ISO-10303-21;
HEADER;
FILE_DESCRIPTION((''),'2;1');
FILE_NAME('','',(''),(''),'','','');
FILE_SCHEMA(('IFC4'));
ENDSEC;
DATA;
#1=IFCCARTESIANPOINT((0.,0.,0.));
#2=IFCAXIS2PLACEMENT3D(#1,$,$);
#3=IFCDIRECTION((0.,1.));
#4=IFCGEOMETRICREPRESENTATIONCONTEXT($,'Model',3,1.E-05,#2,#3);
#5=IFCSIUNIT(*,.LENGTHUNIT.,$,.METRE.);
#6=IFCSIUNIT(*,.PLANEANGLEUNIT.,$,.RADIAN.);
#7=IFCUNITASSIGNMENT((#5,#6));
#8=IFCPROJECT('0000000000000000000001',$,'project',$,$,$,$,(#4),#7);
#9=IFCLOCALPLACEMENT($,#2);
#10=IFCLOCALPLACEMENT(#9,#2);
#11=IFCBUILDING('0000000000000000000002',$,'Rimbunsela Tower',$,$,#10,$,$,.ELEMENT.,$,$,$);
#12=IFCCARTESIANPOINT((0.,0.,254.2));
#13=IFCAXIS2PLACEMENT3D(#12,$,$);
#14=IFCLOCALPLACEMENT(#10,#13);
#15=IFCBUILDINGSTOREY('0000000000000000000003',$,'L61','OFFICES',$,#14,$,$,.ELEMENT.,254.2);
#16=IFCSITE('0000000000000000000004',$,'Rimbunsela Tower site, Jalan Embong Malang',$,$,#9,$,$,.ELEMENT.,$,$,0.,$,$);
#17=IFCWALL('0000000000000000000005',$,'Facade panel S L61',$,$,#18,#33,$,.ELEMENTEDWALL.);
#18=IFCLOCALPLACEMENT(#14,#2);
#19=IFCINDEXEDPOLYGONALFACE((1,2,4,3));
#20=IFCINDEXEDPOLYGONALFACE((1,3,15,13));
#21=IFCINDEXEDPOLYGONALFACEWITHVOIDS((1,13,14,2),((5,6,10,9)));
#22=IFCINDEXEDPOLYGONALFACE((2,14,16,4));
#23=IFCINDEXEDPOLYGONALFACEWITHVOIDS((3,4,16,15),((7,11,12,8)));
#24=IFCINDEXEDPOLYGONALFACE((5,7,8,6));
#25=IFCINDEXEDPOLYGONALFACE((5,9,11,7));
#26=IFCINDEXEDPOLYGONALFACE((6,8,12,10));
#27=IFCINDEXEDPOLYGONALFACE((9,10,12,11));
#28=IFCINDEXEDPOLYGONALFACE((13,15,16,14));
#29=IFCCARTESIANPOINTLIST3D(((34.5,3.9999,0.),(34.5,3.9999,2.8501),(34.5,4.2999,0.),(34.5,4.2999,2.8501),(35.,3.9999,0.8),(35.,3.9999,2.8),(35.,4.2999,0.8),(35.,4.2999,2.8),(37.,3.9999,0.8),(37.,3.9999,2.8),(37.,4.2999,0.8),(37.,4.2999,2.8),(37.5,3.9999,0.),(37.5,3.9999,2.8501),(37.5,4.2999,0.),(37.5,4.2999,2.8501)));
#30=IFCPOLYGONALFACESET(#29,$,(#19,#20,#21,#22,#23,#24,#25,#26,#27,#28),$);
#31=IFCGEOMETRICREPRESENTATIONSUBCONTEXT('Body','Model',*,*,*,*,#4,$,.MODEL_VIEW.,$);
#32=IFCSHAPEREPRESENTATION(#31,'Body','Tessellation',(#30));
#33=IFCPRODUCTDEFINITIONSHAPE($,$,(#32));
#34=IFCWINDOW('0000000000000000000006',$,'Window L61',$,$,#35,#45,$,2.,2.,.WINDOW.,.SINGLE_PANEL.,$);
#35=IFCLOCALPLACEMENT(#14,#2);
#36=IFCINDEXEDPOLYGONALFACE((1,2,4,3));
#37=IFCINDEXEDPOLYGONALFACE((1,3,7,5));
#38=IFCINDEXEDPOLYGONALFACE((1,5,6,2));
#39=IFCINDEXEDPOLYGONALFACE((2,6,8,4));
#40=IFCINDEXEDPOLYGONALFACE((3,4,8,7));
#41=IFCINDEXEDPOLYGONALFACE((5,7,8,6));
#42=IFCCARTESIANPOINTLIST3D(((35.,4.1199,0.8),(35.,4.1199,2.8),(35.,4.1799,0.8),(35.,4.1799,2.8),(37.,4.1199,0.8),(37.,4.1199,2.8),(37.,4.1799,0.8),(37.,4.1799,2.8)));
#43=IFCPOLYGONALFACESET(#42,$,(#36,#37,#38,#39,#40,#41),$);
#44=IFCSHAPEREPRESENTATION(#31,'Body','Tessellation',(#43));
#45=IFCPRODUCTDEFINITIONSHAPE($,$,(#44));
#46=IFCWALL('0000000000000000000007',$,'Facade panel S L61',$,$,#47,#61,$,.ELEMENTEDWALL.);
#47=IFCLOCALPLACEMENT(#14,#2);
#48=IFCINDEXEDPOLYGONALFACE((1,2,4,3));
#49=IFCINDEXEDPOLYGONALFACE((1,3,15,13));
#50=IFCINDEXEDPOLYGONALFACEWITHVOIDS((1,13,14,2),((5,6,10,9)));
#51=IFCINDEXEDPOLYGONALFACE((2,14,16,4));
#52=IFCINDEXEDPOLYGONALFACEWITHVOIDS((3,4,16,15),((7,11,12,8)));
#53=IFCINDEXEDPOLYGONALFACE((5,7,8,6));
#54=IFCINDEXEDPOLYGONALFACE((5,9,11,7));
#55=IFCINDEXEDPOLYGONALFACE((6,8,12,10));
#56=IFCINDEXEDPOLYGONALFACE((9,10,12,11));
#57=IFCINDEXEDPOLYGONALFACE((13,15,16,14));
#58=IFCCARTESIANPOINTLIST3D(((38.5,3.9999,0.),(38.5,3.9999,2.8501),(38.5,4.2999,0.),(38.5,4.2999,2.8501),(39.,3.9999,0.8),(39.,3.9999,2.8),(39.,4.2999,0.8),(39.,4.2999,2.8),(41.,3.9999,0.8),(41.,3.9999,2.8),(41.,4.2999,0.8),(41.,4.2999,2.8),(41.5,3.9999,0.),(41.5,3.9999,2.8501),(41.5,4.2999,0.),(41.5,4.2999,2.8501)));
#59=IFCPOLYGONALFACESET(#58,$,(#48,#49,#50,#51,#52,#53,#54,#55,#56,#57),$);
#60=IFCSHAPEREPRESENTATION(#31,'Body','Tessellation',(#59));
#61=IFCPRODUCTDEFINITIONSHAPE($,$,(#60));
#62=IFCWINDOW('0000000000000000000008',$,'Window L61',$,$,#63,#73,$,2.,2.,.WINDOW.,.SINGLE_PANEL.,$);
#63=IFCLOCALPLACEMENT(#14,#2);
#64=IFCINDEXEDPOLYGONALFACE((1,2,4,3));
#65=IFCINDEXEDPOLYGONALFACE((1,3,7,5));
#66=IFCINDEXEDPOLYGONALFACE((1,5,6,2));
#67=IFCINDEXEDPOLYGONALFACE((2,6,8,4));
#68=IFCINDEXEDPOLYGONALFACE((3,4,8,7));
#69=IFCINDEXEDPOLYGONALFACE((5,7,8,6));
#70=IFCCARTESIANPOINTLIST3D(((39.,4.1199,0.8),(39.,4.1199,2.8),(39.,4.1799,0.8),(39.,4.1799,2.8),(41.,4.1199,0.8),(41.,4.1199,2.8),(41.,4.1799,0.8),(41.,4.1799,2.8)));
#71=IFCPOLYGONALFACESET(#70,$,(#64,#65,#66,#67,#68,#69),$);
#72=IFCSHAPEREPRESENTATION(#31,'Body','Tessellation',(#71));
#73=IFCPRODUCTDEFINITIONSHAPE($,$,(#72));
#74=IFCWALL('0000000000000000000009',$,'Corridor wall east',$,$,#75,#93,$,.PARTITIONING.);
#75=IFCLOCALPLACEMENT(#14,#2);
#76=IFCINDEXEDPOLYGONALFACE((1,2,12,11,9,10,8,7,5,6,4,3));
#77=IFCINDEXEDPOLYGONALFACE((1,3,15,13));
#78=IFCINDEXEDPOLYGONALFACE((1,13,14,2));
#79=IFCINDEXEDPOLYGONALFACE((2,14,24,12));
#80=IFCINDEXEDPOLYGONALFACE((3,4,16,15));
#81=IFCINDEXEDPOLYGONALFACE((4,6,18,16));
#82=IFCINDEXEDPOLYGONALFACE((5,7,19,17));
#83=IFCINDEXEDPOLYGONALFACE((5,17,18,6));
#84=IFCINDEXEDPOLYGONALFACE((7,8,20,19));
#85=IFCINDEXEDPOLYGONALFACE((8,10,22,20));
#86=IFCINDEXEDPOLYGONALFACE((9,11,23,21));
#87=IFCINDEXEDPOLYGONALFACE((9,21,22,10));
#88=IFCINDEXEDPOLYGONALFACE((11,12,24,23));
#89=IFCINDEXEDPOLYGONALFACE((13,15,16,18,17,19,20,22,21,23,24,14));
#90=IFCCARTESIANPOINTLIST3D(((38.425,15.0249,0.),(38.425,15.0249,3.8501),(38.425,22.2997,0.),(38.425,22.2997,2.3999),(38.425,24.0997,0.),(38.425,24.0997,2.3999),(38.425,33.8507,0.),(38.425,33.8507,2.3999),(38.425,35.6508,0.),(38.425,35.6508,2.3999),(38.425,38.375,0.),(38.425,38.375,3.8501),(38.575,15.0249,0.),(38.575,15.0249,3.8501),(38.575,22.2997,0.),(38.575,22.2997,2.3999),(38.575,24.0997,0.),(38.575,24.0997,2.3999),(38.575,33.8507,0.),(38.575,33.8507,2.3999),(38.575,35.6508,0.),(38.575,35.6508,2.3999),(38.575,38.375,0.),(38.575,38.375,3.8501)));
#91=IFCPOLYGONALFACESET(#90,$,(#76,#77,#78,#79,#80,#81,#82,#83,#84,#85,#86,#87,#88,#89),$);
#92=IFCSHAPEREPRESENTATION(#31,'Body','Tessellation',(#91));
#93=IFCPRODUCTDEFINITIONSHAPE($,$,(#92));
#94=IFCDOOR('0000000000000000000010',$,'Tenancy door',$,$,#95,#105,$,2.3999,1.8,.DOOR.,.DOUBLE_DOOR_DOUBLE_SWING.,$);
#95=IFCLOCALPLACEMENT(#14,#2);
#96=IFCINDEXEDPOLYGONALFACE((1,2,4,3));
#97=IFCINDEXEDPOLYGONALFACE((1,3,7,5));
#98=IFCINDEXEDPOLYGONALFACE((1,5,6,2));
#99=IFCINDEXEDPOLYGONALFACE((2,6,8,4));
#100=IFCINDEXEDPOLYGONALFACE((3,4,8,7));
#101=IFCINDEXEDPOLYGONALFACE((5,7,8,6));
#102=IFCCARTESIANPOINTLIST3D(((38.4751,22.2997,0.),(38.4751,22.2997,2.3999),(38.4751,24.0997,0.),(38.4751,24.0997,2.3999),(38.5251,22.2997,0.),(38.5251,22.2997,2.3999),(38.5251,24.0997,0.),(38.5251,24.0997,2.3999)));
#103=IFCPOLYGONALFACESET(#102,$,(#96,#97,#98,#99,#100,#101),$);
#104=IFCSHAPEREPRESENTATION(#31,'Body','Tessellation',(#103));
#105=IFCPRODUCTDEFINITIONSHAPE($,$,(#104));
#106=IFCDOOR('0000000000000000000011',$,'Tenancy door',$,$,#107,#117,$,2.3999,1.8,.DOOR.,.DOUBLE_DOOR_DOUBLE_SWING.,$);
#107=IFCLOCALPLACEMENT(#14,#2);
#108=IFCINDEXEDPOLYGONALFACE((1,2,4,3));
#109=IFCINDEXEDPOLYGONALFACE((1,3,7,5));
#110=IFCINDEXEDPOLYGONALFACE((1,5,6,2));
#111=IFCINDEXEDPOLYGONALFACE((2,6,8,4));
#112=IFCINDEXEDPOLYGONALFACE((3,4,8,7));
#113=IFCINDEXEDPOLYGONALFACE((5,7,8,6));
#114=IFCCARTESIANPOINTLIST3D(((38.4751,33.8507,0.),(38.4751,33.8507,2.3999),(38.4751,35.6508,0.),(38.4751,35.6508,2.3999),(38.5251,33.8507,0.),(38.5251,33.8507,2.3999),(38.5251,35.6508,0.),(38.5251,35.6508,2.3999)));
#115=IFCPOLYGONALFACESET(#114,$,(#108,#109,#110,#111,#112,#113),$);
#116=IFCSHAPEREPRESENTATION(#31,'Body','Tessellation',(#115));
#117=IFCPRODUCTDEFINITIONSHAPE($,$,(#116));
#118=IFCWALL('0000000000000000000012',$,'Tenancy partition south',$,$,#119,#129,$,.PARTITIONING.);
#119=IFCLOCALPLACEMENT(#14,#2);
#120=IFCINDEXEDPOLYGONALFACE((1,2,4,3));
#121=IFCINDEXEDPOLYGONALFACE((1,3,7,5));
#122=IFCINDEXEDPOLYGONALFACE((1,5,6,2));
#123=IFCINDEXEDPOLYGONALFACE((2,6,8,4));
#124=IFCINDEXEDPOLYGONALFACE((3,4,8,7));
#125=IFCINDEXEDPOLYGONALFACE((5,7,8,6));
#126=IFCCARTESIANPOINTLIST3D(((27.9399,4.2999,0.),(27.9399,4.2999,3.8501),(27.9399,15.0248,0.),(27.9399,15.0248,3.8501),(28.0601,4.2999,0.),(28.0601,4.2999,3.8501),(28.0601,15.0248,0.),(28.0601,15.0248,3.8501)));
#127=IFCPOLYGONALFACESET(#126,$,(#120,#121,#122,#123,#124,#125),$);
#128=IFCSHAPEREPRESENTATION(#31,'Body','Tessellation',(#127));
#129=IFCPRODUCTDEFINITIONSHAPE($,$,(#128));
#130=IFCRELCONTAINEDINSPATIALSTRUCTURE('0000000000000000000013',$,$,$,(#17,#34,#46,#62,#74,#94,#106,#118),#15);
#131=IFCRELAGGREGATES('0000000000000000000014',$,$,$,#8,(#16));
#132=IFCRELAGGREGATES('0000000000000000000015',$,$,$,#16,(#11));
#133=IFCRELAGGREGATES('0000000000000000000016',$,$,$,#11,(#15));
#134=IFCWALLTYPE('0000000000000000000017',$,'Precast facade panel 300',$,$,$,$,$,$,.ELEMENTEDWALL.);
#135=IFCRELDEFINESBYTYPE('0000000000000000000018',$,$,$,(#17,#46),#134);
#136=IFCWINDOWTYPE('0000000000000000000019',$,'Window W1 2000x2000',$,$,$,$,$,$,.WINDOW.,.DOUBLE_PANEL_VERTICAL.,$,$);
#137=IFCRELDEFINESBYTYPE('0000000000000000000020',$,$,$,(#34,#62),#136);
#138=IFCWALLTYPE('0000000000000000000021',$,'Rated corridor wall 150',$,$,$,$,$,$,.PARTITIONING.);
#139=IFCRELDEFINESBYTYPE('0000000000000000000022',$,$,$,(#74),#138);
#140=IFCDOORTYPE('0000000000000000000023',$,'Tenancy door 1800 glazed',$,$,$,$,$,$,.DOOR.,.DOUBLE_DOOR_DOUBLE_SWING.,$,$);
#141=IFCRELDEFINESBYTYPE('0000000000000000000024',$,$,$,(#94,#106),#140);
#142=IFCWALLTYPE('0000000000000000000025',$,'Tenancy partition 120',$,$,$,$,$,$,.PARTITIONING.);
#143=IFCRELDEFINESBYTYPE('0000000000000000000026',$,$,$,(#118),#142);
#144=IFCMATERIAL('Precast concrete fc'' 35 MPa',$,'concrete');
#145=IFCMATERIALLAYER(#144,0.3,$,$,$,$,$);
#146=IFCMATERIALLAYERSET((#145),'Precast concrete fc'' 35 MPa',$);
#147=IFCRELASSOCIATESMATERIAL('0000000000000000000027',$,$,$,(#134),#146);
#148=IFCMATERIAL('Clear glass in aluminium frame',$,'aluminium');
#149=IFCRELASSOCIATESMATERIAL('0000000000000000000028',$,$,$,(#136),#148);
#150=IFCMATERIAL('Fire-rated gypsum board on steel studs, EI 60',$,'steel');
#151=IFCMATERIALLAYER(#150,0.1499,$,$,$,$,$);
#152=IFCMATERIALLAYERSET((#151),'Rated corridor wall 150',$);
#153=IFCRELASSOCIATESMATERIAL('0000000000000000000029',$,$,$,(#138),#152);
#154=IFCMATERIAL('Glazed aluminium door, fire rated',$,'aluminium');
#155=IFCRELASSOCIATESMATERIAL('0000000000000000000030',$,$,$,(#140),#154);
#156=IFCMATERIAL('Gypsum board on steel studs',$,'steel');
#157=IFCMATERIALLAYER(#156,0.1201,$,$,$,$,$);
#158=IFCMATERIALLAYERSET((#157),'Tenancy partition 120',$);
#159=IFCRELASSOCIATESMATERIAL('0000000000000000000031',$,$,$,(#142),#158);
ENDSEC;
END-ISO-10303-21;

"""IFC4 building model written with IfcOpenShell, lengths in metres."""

from ifc_helpers import new_model, si_unit, direction, frame, frame_2d, origin, place, context, subcontext, project, spatial, rectangle, extrude, material, layer, layer_set, type_object, element, fill, save


model = new_model("IFC4")

# Units and contexts
model_context = context("Model", 3, precision=1e-05, world=origin(), true_north=direction((0.0, 1.0)))
body_context = subcontext(model_context, "Body", "Model", "MODEL_VIEW")
ifc_project = project(units=[si_unit("LENGTHUNIT", "METRE"), si_unit("PLANEANGLEUNIT", "RADIAN")], contexts=[model_context])

# Site, building, storey
site_placement = place(None, origin())
site = spatial("IfcSite", under=ifc_project, at=site_placement, Name="Rimbunsela Tower site, Jalan Embong Malang", CompositionType="ELEMENT", RefElevation=0.0)
building_placement = place(site_placement, origin())
building = spatial("IfcBuilding", under=site, at=building_placement, Name="Rimbunsela Tower", CompositionType="ELEMENT")
storey_placement = place(building_placement, frame((0.0, 0.0, 254.2)))
storey = spatial("IfcBuildingStorey", under=building, at=storey_placement, Name="L61", Description="OFFICES", CompositionType="ELEMENT", Elevation=254.2)

# Walls, openings, windows
ifc_material_1 = material(Name="Precast concrete fc' 35 MPa", Category="concrete")
ifc_layer_1 = layer(ifc_material_1, 0.3)
ifc_layer_set_1 = layer_set([ifc_layer_1], Name="Precast concrete fc' 35 MPa")
wall_type_1 = type_object("IfcWallType", Name="Precast facade panel 300", PredefinedType="ELEMENTEDWALL", material=ifc_layer_set_1)
wall_1_placement = place(storey_placement, frame((34.5, 4.1499, 0.0), z_axis=(0.0, 0.0, 1.0), x_axis=(1.0, 0.0, 0.0)))
wall_1 = element("IfcWall", 1, at=wall_1_placement, inside=storey, type_object=wall_type_1, Name="Facade panel S L61", PredefinedType="ELEMENTEDWALL", context=body_context, shape_type="SweptSolid", body=[
    extrude(rectangle(XDim=3.0, YDim=0.3, at=frame_2d((1.5, 0.0))), origin(), (0.0, 0.0, 1.0), 2.8501),
])
opening_1_placement = place(wall_1_placement, frame((0.5, 0.0, 0.8)))
opening_1 = element("IfcOpeningElement", 2, at=opening_1_placement, cuts=wall_1, PredefinedType="OPENING", context=body_context, shape_type="SweptSolid", body=[
    extrude(rectangle(XDim=2.0, YDim=2.0, at=frame_2d((1.0, 1.0))), frame((0.0, 0.1599, 0.0), z_axis=(0.0, -1.0, 0.0), x_axis=(1.0, 0.0, 0.0)), (0.0, 0.0, 1.0), 0.3201),
])
ifc_material_2 = material(Name="Clear glass in aluminium frame", Category="aluminium")
window_type = type_object("IfcWindowType", Name="Window W1 2000x2000", PartitioningType="DOUBLE_PANEL_VERTICAL", PredefinedType="WINDOW", material=ifc_material_2)
window_1_placement = place(opening_1_placement, origin())
window_1 = element("IfcWindow", 3, at=window_1_placement, inside=storey, type_object=window_type, Name="Window L61", OverallHeight=2.0, OverallWidth=2.0, PartitioningType="SINGLE_PANEL", PredefinedType="WINDOW", context=body_context, shape_type="SweptSolid", body=[
    extrude(rectangle(XDim=2.0, YDim=2.0, at=frame_2d((1.0, 1.0))), frame((0.0, 0.03, 0.0), z_axis=(0.0, -1.0, 0.0), x_axis=(1.0, 0.0, 0.0)), (0.0, 0.0, 1.0), 0.0601),
])
fill(opening_1, window_1)
wall_2_placement = place(storey_placement, frame((38.5, 4.1499, 0.0), z_axis=(0.0, 0.0, 1.0), x_axis=(1.0, 0.0, 0.0)))
wall_2 = element("IfcWall", 4, at=wall_2_placement, inside=storey, type_object=wall_type_1, Name="Facade panel S L61", PredefinedType="ELEMENTEDWALL", context=body_context, shape_type="SweptSolid", body=[
    extrude(rectangle(XDim=3.0, YDim=0.3, at=frame_2d((1.5, 0.0))), origin(), (0.0, 0.0, 1.0), 2.8501),
])
opening_2_placement = place(wall_2_placement, frame((0.5, 0.0, 0.8)))
opening_2 = element("IfcOpeningElement", 5, at=opening_2_placement, cuts=wall_2, PredefinedType="OPENING", context=body_context, shape_type="SweptSolid", body=[
    extrude(rectangle(XDim=2.0, YDim=2.0, at=frame_2d((1.0, 1.0))), frame((0.0, 0.1599, 0.0), z_axis=(0.0, -1.0, 0.0), x_axis=(1.0, 0.0, 0.0)), (0.0, 0.0, 1.0), 0.3201),
])
window_2_placement = place(opening_2_placement, origin())
window_2 = element("IfcWindow", 6, at=window_2_placement, inside=storey, type_object=window_type, Name="Window L61", OverallHeight=2.0, OverallWidth=2.0, PartitioningType="SINGLE_PANEL", PredefinedType="WINDOW", context=body_context, shape_type="SweptSolid", body=[
    extrude(rectangle(XDim=2.0, YDim=2.0, at=frame_2d((1.0, 1.0))), frame((0.0, 0.03, 0.0), z_axis=(0.0, -1.0, 0.0), x_axis=(1.0, 0.0, 0.0)), (0.0, 0.0, 1.0), 0.0601),
])
fill(opening_2, window_2)

# Wall, openings, doors
ifc_material_3 = material(Name="Fire-rated gypsum board on steel studs, EI 60", Category="steel")
ifc_layer_2 = layer(ifc_material_3, 0.1499)
ifc_layer_set_2 = layer_set([ifc_layer_2], Name="Rated corridor wall 150")
wall_type_2 = type_object("IfcWallType", Name="Rated corridor wall 150", PredefinedType="PARTITIONING", material=ifc_layer_set_2)
wall_3_placement = place(storey_placement, frame((38.5, 15.0249, 0.0), z_axis=(0.0, 0.0, 1.0), x_axis=(0.0, 1.0, 0.0)))
wall_3 = element("IfcWall", 7, at=wall_3_placement, inside=storey, type_object=wall_type_2, Name="Corridor wall east", PredefinedType="PARTITIONING", context=body_context, shape_type="SweptSolid", body=[
    extrude(rectangle(XDim=23.3501, YDim=0.1499, at=frame_2d((11.675, 0.0))), origin(), (0.0, 0.0, 1.0), 3.8501),
])
opening_3_placement = place(wall_3_placement, frame((7.2749, 0.0, 0.0)))
opening_3 = element("IfcOpeningElement", 8, at=opening_3_placement, cuts=wall_3, PredefinedType="OPENING", context=body_context, shape_type="SweptSolid", body=[
    extrude(rectangle(XDim=1.8, YDim=2.3999, at=frame_2d((0.8999, 1.2))), frame((0.0, 0.085, 0.0), z_axis=(0.0, -1.0, 0.0), x_axis=(1.0, 0.0, 0.0)), (0.0, 0.0, 1.0), 0.1699),
])
opening_4_placement = place(wall_3_placement, frame((18.8259, 0.0, 0.0)))
opening_4 = element("IfcOpeningElement", 9, at=opening_4_placement, cuts=wall_3, PredefinedType="OPENING", context=body_context, shape_type="SweptSolid", body=[
    extrude(rectangle(XDim=1.8, YDim=2.3999, at=frame_2d((0.8999, 1.2))), frame((0.0, 0.085, 0.0), z_axis=(0.0, -1.0, 0.0), x_axis=(1.0, 0.0, 0.0)), (0.0, 0.0, 1.0), 0.1699),
])
ifc_material_4 = material(Name="Glazed aluminium door, fire rated", Category="aluminium")
door_type_1 = type_object("IfcDoorType", Name="Tenancy door 1800 glazed", OperationType="DOUBLE_DOOR_DOUBLE_SWING", PredefinedType="DOOR", material=ifc_material_4)
door_1_placement = place(opening_3_placement, origin())
door_1 = element("IfcDoor", 10, at=door_1_placement, inside=storey, type_object=door_type_1, Name="Tenancy door", OperationType="DOUBLE_DOOR_DOUBLE_SWING", OverallHeight=2.3999, OverallWidth=1.8, PredefinedType="DOOR", context=body_context, shape_type="SweptSolid", body=[
    extrude(rectangle(XDim=1.8, YDim=2.3999, at=frame_2d((0.8999, 1.2))), frame((0.0, 0.0249, 0.0), z_axis=(0.0, -1.0, 0.0), x_axis=(1.0, 0.0, 0.0)), (0.0, 0.0, 1.0), 0.05),
])
fill(opening_3, door_1)
door_2_placement = place(opening_4_placement, origin())
door_2 = element("IfcDoor", 11, at=door_2_placement, inside=storey, type_object=door_type_1, Name="Tenancy door", OperationType="DOUBLE_DOOR_DOUBLE_SWING", OverallHeight=2.3999, OverallWidth=1.8, PredefinedType="DOOR", context=body_context, shape_type="SweptSolid", body=[
    extrude(rectangle(XDim=1.8, YDim=2.3999, at=frame_2d((0.8999, 1.2))), frame((0.0, 0.0249, 0.0), z_axis=(0.0, -1.0, 0.0), x_axis=(1.0, 0.0, 0.0)), (0.0, 0.0, 1.0), 0.05),
])
fill(opening_4, door_2)

# Wall
ifc_material_5 = material(Name="Gypsum board on steel studs", Category="steel")
ifc_layer_3 = layer(ifc_material_5, 0.1201)
ifc_layer_set_3 = layer_set([ifc_layer_3], Name="Tenancy partition 120")
wall_type_3 = type_object("IfcWallType", Name="Tenancy partition 120", PredefinedType="PARTITIONING", material=ifc_layer_set_3)
wall_4_placement = place(storey_placement, frame((28.0, 4.3, 0.0), z_axis=(0.0, 0.0, 1.0), x_axis=(0.0, 1.0, 0.0)))
element("IfcWall", 12, at=wall_4_placement, inside=storey, type_object=wall_type_3, Name="Tenancy partition south", PredefinedType="PARTITIONING", context=body_context, shape_type="SweptSolid", body=[
    extrude(rectangle(XDim=10.7249, YDim=0.1201, at=frame_2d((5.3623, 0.0))), origin(), (0.0, 0.0, 1.0), 3.8501),
])

save(model, "model.ifc")
